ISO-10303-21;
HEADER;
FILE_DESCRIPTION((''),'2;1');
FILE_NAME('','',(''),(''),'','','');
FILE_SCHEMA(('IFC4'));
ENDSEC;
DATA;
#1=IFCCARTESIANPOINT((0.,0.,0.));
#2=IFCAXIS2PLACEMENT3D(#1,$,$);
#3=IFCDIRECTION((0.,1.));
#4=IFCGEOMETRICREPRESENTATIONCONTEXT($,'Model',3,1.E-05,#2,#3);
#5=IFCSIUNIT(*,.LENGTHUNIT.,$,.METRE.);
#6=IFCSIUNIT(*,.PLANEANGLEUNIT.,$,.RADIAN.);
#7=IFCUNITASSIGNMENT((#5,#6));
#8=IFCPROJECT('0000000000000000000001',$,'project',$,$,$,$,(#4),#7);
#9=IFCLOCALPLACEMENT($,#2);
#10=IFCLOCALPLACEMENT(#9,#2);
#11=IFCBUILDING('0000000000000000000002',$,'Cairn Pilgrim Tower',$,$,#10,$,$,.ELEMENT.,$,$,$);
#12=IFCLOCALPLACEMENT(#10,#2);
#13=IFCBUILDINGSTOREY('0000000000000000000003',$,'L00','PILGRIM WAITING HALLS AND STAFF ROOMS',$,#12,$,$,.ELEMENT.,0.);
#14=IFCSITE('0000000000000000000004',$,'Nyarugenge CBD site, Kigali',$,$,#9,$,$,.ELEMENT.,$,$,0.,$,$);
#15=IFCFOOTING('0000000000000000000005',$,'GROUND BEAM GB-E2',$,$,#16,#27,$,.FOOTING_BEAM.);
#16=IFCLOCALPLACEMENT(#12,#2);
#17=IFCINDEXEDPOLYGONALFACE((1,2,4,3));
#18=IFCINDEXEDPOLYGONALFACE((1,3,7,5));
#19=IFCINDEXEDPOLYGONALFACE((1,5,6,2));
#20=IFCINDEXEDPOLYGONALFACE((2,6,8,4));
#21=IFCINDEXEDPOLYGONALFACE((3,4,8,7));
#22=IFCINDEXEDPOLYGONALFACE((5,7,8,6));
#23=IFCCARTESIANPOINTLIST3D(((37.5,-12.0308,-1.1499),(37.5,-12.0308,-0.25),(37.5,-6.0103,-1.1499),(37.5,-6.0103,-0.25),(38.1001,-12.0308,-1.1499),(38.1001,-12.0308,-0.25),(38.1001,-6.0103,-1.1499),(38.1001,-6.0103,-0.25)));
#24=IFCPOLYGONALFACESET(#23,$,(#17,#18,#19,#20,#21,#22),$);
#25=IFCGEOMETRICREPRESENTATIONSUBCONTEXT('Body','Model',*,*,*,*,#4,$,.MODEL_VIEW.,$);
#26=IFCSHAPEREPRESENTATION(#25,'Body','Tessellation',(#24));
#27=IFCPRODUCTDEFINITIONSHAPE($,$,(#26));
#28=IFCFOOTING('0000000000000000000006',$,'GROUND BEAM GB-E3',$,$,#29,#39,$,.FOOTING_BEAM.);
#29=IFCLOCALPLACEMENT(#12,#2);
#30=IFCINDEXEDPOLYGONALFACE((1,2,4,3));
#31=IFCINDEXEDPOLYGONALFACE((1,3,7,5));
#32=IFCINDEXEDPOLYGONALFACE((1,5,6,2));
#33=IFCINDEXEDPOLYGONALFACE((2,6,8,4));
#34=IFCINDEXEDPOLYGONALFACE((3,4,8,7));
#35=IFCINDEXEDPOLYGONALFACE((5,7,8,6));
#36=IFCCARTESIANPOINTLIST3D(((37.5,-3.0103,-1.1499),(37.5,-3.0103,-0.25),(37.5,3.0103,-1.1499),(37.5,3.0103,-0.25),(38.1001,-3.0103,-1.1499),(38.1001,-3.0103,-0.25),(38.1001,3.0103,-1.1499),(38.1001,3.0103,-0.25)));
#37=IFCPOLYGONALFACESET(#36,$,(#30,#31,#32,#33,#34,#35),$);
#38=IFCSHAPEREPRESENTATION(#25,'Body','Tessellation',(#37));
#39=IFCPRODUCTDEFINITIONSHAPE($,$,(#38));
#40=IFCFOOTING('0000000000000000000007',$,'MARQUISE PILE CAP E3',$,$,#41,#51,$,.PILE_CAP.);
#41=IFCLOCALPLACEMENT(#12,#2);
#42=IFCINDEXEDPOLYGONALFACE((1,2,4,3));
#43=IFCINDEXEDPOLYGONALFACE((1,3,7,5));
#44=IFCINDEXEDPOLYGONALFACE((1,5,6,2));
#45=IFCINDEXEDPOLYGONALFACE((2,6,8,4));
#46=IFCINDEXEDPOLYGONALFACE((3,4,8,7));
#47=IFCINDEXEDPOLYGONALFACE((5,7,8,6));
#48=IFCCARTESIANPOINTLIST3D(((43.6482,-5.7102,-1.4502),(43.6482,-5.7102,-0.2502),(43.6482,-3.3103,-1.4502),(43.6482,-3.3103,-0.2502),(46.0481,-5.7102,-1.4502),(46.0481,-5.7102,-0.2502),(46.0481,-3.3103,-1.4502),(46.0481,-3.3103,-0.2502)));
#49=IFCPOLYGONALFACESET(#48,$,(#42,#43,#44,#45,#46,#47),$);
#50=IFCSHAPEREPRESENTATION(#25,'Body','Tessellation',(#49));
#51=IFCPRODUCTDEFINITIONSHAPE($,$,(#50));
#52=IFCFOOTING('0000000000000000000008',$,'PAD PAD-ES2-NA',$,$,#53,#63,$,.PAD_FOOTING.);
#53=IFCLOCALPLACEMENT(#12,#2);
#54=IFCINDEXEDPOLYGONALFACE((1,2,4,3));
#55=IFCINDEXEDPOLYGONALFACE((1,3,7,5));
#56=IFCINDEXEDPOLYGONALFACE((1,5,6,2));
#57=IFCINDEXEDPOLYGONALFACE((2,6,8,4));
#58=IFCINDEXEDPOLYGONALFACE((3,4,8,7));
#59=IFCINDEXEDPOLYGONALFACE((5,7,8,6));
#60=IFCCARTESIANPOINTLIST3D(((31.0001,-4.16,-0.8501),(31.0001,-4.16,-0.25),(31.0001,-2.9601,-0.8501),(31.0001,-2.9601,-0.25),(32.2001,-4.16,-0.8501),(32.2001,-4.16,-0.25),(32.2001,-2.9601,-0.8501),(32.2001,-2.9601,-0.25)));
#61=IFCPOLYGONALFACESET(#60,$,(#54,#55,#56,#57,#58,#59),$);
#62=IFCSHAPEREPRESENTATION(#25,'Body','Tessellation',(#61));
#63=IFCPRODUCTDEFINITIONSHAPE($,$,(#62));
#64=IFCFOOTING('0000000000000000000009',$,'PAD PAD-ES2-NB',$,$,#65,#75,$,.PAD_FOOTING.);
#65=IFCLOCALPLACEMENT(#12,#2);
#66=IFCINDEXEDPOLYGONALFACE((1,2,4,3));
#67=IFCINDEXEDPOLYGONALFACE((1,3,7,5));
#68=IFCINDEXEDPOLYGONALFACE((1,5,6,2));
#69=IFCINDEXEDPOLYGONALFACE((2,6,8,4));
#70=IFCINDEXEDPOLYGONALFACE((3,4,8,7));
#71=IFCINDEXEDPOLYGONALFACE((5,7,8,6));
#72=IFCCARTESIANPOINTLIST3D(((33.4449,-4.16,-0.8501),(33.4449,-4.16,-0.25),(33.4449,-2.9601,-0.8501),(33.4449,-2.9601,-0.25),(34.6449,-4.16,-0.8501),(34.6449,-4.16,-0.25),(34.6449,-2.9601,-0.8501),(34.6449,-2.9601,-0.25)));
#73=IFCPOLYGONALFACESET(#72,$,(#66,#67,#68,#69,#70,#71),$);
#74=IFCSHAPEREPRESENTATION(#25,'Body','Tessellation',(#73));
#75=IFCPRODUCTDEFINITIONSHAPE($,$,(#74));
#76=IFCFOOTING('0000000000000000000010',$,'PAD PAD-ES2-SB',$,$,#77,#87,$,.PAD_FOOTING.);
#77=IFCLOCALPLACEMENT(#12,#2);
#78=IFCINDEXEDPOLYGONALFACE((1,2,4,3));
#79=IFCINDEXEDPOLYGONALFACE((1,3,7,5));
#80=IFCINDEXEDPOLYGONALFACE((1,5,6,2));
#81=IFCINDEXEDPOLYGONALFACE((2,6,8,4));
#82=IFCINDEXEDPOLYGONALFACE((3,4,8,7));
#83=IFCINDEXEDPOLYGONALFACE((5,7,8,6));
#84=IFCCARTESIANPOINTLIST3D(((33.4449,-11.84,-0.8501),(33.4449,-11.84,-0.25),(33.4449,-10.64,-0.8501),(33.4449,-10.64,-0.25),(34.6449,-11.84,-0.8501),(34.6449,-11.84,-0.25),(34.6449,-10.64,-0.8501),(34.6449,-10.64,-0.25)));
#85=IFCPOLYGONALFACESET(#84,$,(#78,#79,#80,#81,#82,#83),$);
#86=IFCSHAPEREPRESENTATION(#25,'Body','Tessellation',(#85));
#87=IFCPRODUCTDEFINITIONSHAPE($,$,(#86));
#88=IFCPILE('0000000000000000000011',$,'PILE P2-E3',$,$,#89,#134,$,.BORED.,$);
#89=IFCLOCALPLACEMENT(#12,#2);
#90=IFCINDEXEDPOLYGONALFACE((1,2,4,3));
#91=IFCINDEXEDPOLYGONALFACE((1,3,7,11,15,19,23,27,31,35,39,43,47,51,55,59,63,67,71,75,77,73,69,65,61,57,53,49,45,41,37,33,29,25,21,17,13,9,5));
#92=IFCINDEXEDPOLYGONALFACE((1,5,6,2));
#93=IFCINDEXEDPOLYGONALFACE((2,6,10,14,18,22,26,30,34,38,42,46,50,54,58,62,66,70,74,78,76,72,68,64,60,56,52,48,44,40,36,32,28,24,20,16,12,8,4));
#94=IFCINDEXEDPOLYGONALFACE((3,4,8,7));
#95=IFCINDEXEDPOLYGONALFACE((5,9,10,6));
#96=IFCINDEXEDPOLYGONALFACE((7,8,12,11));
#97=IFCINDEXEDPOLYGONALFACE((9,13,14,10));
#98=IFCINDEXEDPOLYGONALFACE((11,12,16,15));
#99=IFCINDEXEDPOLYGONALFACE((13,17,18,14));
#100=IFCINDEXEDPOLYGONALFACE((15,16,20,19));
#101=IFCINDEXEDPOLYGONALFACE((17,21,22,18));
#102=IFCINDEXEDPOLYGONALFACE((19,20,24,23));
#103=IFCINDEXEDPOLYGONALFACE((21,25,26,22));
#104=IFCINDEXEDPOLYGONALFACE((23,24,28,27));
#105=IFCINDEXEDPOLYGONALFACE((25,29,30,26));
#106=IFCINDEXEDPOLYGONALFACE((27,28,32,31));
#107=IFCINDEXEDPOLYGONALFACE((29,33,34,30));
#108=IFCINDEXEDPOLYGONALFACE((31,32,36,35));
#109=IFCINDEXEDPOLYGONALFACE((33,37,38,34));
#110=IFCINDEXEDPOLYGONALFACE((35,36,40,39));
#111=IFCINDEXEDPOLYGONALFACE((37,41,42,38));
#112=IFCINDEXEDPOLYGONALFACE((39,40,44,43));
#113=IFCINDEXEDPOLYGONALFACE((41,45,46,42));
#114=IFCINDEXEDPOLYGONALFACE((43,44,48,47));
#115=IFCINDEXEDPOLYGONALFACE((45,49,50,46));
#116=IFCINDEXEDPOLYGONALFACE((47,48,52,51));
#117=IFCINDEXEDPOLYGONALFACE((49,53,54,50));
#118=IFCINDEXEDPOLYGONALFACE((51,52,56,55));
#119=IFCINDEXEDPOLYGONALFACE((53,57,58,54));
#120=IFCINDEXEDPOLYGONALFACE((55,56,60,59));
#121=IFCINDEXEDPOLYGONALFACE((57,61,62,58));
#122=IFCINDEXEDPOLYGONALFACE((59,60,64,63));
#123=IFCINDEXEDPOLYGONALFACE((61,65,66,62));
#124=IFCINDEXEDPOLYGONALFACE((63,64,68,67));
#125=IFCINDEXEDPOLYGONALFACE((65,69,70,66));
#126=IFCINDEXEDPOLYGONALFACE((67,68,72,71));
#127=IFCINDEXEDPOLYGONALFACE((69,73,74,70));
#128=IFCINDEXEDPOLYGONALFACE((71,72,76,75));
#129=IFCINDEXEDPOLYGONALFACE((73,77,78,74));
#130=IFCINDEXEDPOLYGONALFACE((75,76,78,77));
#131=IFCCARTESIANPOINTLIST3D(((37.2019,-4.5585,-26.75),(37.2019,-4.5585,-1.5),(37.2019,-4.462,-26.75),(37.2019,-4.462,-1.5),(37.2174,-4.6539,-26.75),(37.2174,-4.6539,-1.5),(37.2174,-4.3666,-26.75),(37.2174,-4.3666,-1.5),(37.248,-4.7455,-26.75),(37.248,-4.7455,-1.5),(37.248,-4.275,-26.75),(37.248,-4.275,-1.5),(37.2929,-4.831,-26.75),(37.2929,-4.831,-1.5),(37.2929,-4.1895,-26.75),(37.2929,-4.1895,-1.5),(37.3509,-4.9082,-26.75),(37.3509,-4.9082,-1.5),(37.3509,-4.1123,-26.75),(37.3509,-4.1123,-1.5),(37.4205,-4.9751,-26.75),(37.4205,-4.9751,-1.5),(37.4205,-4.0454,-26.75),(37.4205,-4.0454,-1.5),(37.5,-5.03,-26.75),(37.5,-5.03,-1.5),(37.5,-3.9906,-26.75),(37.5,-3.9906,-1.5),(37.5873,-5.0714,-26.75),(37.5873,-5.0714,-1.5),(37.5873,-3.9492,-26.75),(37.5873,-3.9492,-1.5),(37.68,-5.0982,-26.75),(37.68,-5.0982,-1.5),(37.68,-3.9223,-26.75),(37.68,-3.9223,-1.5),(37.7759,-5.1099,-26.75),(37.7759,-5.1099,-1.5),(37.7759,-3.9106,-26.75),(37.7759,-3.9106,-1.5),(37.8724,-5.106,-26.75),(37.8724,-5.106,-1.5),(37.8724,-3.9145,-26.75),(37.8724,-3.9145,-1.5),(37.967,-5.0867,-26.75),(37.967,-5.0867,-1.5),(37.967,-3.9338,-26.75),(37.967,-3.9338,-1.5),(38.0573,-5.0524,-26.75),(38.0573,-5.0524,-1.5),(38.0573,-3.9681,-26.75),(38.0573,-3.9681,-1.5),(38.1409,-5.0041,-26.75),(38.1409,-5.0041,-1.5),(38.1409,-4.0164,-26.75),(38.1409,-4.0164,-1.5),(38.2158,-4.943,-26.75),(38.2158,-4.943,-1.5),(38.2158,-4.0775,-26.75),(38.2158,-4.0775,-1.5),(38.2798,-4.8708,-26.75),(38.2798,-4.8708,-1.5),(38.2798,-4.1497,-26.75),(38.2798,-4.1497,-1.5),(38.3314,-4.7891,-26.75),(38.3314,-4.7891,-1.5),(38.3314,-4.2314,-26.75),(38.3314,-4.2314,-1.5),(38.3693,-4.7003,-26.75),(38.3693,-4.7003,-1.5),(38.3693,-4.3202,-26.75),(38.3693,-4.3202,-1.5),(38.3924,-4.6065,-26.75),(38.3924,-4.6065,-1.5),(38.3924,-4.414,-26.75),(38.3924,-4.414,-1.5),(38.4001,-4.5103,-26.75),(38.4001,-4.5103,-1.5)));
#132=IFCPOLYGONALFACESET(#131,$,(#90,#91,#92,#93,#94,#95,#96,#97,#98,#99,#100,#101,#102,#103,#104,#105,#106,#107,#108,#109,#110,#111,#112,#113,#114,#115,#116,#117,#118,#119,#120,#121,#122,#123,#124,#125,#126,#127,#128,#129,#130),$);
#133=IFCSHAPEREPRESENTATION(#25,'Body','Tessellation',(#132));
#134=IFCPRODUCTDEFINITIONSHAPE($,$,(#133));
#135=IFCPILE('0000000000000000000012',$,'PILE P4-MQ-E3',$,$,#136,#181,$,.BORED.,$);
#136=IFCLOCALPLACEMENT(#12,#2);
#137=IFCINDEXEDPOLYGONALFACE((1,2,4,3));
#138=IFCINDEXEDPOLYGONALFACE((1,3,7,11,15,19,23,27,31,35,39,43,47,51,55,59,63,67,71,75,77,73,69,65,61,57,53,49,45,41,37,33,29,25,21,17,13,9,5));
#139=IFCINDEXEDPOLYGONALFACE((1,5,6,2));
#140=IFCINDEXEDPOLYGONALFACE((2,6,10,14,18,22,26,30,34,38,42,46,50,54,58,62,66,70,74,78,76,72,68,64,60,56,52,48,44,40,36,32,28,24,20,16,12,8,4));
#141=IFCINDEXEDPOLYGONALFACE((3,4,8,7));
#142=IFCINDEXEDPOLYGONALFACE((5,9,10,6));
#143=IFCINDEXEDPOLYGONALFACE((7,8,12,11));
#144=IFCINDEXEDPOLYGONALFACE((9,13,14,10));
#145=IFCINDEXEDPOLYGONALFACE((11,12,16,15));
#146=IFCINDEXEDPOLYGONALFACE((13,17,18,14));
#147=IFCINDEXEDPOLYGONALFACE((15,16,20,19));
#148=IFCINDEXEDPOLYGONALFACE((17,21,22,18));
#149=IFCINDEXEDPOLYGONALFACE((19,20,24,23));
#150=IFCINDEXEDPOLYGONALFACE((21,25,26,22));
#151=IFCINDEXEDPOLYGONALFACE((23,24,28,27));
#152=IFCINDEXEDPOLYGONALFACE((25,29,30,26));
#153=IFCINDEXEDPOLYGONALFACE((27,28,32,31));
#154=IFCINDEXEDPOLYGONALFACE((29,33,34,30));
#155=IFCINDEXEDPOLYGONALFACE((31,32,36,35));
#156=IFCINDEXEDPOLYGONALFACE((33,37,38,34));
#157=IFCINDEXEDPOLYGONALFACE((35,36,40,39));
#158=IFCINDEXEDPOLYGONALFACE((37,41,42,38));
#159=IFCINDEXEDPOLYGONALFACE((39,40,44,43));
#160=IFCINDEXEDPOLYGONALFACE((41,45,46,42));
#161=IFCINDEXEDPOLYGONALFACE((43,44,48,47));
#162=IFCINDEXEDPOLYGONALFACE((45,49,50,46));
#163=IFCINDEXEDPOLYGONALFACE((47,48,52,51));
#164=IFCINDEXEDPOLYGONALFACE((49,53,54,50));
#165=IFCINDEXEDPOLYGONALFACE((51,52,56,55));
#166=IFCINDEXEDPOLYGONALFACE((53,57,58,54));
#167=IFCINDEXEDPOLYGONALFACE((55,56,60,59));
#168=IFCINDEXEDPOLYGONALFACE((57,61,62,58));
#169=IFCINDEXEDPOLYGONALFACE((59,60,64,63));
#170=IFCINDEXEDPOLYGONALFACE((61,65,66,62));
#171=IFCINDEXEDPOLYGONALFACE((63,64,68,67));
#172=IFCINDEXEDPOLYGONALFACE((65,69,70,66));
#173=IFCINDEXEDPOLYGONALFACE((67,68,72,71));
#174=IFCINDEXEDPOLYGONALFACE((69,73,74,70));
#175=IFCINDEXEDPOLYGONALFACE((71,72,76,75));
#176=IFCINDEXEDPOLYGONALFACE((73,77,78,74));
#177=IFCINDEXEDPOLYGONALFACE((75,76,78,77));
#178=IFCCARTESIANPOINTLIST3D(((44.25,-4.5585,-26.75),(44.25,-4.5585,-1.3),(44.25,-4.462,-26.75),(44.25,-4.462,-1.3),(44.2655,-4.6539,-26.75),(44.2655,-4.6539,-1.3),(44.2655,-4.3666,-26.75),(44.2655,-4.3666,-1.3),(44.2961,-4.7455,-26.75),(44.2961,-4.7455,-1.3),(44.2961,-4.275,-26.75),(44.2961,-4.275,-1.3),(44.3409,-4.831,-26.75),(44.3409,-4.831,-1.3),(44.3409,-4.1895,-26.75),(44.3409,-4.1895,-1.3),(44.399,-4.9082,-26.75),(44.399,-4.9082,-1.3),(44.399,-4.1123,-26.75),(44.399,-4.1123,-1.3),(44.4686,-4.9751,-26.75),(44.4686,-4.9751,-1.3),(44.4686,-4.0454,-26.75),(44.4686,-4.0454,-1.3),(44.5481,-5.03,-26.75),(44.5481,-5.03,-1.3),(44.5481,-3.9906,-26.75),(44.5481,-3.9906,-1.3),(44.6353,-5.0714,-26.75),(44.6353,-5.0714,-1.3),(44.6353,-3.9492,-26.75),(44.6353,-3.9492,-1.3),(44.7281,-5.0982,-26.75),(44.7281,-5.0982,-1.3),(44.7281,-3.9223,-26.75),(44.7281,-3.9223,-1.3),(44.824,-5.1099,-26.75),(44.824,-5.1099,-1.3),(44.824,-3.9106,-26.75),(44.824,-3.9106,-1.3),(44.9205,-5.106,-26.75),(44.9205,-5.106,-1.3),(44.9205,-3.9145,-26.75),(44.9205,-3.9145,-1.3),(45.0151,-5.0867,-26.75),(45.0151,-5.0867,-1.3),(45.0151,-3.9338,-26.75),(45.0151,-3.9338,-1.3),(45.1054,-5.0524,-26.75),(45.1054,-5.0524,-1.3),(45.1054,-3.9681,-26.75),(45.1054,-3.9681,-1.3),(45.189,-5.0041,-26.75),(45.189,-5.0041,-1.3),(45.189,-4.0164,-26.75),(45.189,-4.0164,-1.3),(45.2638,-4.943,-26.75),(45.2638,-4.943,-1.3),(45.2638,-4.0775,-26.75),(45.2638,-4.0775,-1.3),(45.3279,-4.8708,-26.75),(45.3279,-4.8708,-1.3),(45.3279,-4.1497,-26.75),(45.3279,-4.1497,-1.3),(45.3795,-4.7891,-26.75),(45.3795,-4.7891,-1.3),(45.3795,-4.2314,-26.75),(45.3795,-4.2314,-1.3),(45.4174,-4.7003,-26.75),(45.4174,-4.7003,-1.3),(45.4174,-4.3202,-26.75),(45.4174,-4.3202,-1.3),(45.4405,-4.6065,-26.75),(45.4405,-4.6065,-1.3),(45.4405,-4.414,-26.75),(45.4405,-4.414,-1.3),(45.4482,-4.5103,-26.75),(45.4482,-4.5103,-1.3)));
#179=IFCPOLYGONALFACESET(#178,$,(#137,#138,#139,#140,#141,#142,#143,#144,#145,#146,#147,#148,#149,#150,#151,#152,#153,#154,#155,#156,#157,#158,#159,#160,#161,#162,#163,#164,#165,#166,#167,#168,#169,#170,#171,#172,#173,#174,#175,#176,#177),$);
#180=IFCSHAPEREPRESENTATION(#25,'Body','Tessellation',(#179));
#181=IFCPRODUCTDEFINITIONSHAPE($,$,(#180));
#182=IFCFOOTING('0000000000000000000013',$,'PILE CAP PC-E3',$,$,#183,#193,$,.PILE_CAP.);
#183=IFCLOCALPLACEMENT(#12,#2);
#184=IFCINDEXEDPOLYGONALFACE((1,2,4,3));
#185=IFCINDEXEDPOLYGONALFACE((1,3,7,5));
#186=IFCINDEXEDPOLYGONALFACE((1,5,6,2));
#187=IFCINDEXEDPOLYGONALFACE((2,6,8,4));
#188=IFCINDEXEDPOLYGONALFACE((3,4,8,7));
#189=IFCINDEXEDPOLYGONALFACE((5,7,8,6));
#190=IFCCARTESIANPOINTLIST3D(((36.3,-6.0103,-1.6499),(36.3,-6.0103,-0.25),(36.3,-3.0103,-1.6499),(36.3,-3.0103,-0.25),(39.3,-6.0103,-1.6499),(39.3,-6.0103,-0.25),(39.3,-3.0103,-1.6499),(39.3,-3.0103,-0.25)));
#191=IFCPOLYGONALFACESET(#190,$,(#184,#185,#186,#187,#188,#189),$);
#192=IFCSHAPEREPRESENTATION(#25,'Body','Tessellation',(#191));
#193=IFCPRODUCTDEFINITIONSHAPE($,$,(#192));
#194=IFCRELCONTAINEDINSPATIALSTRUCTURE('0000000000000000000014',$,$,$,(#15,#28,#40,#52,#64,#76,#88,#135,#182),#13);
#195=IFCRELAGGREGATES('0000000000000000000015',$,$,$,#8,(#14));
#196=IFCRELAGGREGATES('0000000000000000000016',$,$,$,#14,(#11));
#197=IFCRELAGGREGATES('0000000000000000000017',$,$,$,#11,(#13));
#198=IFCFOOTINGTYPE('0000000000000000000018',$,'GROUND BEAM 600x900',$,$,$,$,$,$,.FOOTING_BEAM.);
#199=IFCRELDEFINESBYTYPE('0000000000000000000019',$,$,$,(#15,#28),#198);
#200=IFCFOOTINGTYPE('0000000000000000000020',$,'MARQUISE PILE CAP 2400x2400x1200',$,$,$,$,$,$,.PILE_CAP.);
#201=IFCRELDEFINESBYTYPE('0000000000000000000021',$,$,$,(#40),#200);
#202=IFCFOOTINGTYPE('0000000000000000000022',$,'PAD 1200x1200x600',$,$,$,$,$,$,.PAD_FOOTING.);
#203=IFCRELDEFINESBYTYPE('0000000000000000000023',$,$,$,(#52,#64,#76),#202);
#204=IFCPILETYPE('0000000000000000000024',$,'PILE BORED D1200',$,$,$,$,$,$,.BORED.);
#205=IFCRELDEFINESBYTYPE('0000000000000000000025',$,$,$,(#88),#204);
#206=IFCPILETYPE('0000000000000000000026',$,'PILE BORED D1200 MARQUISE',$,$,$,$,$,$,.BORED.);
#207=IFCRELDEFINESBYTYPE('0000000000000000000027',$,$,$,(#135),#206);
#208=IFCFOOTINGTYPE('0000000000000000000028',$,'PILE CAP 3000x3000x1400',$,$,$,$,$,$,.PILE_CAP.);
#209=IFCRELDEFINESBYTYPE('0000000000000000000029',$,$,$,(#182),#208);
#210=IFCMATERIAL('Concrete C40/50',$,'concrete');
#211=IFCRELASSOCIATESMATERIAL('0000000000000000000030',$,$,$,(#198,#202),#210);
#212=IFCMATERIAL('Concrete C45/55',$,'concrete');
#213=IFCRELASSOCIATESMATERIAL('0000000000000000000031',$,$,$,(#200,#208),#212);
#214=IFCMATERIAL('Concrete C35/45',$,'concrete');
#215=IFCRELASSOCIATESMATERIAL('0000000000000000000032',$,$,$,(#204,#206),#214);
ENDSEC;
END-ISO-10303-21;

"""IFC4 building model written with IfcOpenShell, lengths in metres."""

from ifc_helpers import new_model, si_unit, direction, frame, origin, origin_2d, place, context, subcontext, project, spatial, rectangle, circle, extrude, material, material_profile, profile_set, type_object, element, save


model = new_model("IFC4")

# Units and contexts
model_context = context("Model", 3, precision=1e-05, world=origin(), true_north=direction((0.0, 1.0)))
body_context = subcontext(model_context, "Body", "Model", "MODEL_VIEW")
ifc_project = project(units=[si_unit("LENGTHUNIT", "METRE"), si_unit("PLANEANGLEUNIT", "RADIAN")], contexts=[model_context])

# Site, building, storey
site_placement = place(None, origin())
site = spatial("IfcSite", under=ifc_project, at=site_placement, Name="Nyarugenge CBD site, Kigali", CompositionType="ELEMENT", RefElevation=0.0)
building_placement = place(site_placement, origin())
building = spatial("IfcBuilding", under=site, at=building_placement, Name="Cairn Pilgrim Tower", CompositionType="ELEMENT")
storey_placement = place(building_placement, origin())
storey = spatial("IfcBuildingStorey", under=building, at=storey_placement, Name="L00", Description="PILGRIM WAITING HALLS AND STAFF ROOMS", CompositionType="ELEMENT", Elevation=0.0)

# Footings
ifc_material_1 = material(Name="Concrete C40/50", Category="concrete")
footing_type_1 = type_object("IfcFootingType", Name="GROUND BEAM 600x900", PredefinedType="FOOTING_BEAM", material=ifc_material_1)
for number, where, z_axis, x_axis, name in (
    (1, (37.8, -9.0205, -1.1499), (0.0, 0.0, 1.0), (0.0, 1.0, 0.0), "GROUND BEAM GB-E2"),
    (2, (37.8, 0.0, -1.1499), (0.0, 0.0, 1.0), (0.0, 1.0, 0.0), "GROUND BEAM GB-E3"),
):
    element("IfcFooting", number, at=place(storey_placement, frame(where, z_axis=z_axis, x_axis=x_axis)), inside=storey, type_object=footing_type_1, Name=name, PredefinedType="FOOTING_BEAM", context=body_context, shape_type="SweptSolid", body=[
        extrude(rectangle(XDim=6.0205, YDim=0.6001, at=origin_2d()), origin(), (0.0, 0.0, 1.0), 0.8999),
    ])
ifc_material_2 = material(Name="Concrete C45/55", Category="concrete")
footing_type_2 = type_object("IfcFootingType", Name="MARQUISE PILE CAP 2400x2400x1200", PredefinedType="PILE_CAP", material=ifc_material_2)
footing_1_placement = place(storey_placement, frame((44.8481, -4.5103, -1.4502), z_axis=(0.0, 0.0, 1.0), x_axis=(1.0, 0.0, 0.0)))
element("IfcFooting", 3, at=footing_1_placement, inside=storey, type_object=footing_type_2, Name="MARQUISE PILE CAP E3", PredefinedType="PILE_CAP", context=body_context, shape_type="SweptSolid", body=[
    extrude(rectangle(XDim=2.3999, YDim=2.3999, at=origin_2d()), origin(), (0.0, 0.0, 1.0), 1.2),
])
footing_type_3 = type_object("IfcFootingType", Name="PAD 1200x1200x600", PredefinedType="PAD_FOOTING", material=ifc_material_1)
for number, where, z_axis, x_axis, name in (
    (4, (31.6001, -3.5601, -0.8501), (0.0, 0.0, 1.0), (1.0, 0.0, 0.0), "PAD PAD-ES2-NA"),
    (5, (34.0449, -3.5601, -0.8501), (0.0, 0.0, 1.0), (1.0, 0.0, 0.0), "PAD PAD-ES2-NB"),
    (6, (34.0449, -11.24, -0.8501), (0.0, 0.0, 1.0), (1.0, 0.0, 0.0), "PAD PAD-ES2-SB"),
):
    element("IfcFooting", number, at=place(storey_placement, frame(where, z_axis=z_axis, x_axis=x_axis)), inside=storey, type_object=footing_type_3, Name=name, PredefinedType="PAD_FOOTING", context=body_context, shape_type="SweptSolid", body=[
        extrude(rectangle(XDim=1.2, YDim=1.2, at=origin_2d()), origin(), (0.0, 0.0, 1.0), 0.6001),
    ])

# Piles
ifc_material_3 = material(Name="Concrete C35/45", Category="concrete")
ifc_material_profile_1 = material_profile(ifc_material_3, circle(Radius=0.6001, at=origin_2d()), Name="D1200")
ifc_profile_set_1 = profile_set([ifc_material_profile_1], Name="Concrete C35/45")
pile_type_1 = type_object("IfcPileType", Name="PILE BORED D1200", PredefinedType="BORED", material=ifc_profile_set_1)
pile_1_placement = place(storey_placement, frame((37.8, -4.5103, -1.5), z_axis=(0.0, 0.0, -1.0), x_axis=(1.0, 0.0, 0.0)))
element("IfcPile", 7, at=pile_1_placement, inside=storey, type_object=pile_type_1, Name="PILE P2-E3", PredefinedType="BORED", context=body_context, shape_type="SweptSolid", body=[
    extrude(circle(Radius=0.6001, at=origin_2d()), origin(), (0.0, 0.0, 1.0), 25.25),
])
ifc_material_profile_2 = material_profile(ifc_material_3, circle(Radius=0.6001, at=origin_2d()), Name="D1200")
ifc_profile_set_2 = profile_set([ifc_material_profile_2], Name="Concrete C35/45")
pile_type_2 = type_object("IfcPileType", Name="PILE BORED D1200 MARQUISE", PredefinedType="BORED", material=ifc_profile_set_2)
pile_2_placement = place(storey_placement, frame((44.8481, -4.5103, -1.3), z_axis=(0.0, 0.0, -1.0), x_axis=(1.0, 0.0, 0.0)))
element("IfcPile", 8, at=pile_2_placement, inside=storey, type_object=pile_type_2, Name="PILE P4-MQ-E3", PredefinedType="BORED", context=body_context, shape_type="SweptSolid", body=[
    extrude(circle(Radius=0.6001, at=origin_2d()), origin(), (0.0, 0.0, 1.0), 25.45),
])

# Footing
footing_type_4 = type_object("IfcFootingType", Name="PILE CAP 3000x3000x1400", PredefinedType="PILE_CAP", material=ifc_material_2)
footing_2_placement = place(storey_placement, frame((37.8, -4.5103, -1.6499), z_axis=(0.0, 0.0, 1.0), x_axis=(1.0, 0.0, 0.0)))
element("IfcFooting", 9, at=footing_2_placement, inside=storey, type_object=footing_type_4, Name="PILE CAP PC-E3", PredefinedType="PILE_CAP", context=body_context, shape_type="SweptSolid", body=[
    extrude(rectangle(XDim=3.0, YDim=3.0, at=origin_2d()), origin(), (0.0, 0.0, 1.0), 1.3999),
])

save(model, "model.ifc")
